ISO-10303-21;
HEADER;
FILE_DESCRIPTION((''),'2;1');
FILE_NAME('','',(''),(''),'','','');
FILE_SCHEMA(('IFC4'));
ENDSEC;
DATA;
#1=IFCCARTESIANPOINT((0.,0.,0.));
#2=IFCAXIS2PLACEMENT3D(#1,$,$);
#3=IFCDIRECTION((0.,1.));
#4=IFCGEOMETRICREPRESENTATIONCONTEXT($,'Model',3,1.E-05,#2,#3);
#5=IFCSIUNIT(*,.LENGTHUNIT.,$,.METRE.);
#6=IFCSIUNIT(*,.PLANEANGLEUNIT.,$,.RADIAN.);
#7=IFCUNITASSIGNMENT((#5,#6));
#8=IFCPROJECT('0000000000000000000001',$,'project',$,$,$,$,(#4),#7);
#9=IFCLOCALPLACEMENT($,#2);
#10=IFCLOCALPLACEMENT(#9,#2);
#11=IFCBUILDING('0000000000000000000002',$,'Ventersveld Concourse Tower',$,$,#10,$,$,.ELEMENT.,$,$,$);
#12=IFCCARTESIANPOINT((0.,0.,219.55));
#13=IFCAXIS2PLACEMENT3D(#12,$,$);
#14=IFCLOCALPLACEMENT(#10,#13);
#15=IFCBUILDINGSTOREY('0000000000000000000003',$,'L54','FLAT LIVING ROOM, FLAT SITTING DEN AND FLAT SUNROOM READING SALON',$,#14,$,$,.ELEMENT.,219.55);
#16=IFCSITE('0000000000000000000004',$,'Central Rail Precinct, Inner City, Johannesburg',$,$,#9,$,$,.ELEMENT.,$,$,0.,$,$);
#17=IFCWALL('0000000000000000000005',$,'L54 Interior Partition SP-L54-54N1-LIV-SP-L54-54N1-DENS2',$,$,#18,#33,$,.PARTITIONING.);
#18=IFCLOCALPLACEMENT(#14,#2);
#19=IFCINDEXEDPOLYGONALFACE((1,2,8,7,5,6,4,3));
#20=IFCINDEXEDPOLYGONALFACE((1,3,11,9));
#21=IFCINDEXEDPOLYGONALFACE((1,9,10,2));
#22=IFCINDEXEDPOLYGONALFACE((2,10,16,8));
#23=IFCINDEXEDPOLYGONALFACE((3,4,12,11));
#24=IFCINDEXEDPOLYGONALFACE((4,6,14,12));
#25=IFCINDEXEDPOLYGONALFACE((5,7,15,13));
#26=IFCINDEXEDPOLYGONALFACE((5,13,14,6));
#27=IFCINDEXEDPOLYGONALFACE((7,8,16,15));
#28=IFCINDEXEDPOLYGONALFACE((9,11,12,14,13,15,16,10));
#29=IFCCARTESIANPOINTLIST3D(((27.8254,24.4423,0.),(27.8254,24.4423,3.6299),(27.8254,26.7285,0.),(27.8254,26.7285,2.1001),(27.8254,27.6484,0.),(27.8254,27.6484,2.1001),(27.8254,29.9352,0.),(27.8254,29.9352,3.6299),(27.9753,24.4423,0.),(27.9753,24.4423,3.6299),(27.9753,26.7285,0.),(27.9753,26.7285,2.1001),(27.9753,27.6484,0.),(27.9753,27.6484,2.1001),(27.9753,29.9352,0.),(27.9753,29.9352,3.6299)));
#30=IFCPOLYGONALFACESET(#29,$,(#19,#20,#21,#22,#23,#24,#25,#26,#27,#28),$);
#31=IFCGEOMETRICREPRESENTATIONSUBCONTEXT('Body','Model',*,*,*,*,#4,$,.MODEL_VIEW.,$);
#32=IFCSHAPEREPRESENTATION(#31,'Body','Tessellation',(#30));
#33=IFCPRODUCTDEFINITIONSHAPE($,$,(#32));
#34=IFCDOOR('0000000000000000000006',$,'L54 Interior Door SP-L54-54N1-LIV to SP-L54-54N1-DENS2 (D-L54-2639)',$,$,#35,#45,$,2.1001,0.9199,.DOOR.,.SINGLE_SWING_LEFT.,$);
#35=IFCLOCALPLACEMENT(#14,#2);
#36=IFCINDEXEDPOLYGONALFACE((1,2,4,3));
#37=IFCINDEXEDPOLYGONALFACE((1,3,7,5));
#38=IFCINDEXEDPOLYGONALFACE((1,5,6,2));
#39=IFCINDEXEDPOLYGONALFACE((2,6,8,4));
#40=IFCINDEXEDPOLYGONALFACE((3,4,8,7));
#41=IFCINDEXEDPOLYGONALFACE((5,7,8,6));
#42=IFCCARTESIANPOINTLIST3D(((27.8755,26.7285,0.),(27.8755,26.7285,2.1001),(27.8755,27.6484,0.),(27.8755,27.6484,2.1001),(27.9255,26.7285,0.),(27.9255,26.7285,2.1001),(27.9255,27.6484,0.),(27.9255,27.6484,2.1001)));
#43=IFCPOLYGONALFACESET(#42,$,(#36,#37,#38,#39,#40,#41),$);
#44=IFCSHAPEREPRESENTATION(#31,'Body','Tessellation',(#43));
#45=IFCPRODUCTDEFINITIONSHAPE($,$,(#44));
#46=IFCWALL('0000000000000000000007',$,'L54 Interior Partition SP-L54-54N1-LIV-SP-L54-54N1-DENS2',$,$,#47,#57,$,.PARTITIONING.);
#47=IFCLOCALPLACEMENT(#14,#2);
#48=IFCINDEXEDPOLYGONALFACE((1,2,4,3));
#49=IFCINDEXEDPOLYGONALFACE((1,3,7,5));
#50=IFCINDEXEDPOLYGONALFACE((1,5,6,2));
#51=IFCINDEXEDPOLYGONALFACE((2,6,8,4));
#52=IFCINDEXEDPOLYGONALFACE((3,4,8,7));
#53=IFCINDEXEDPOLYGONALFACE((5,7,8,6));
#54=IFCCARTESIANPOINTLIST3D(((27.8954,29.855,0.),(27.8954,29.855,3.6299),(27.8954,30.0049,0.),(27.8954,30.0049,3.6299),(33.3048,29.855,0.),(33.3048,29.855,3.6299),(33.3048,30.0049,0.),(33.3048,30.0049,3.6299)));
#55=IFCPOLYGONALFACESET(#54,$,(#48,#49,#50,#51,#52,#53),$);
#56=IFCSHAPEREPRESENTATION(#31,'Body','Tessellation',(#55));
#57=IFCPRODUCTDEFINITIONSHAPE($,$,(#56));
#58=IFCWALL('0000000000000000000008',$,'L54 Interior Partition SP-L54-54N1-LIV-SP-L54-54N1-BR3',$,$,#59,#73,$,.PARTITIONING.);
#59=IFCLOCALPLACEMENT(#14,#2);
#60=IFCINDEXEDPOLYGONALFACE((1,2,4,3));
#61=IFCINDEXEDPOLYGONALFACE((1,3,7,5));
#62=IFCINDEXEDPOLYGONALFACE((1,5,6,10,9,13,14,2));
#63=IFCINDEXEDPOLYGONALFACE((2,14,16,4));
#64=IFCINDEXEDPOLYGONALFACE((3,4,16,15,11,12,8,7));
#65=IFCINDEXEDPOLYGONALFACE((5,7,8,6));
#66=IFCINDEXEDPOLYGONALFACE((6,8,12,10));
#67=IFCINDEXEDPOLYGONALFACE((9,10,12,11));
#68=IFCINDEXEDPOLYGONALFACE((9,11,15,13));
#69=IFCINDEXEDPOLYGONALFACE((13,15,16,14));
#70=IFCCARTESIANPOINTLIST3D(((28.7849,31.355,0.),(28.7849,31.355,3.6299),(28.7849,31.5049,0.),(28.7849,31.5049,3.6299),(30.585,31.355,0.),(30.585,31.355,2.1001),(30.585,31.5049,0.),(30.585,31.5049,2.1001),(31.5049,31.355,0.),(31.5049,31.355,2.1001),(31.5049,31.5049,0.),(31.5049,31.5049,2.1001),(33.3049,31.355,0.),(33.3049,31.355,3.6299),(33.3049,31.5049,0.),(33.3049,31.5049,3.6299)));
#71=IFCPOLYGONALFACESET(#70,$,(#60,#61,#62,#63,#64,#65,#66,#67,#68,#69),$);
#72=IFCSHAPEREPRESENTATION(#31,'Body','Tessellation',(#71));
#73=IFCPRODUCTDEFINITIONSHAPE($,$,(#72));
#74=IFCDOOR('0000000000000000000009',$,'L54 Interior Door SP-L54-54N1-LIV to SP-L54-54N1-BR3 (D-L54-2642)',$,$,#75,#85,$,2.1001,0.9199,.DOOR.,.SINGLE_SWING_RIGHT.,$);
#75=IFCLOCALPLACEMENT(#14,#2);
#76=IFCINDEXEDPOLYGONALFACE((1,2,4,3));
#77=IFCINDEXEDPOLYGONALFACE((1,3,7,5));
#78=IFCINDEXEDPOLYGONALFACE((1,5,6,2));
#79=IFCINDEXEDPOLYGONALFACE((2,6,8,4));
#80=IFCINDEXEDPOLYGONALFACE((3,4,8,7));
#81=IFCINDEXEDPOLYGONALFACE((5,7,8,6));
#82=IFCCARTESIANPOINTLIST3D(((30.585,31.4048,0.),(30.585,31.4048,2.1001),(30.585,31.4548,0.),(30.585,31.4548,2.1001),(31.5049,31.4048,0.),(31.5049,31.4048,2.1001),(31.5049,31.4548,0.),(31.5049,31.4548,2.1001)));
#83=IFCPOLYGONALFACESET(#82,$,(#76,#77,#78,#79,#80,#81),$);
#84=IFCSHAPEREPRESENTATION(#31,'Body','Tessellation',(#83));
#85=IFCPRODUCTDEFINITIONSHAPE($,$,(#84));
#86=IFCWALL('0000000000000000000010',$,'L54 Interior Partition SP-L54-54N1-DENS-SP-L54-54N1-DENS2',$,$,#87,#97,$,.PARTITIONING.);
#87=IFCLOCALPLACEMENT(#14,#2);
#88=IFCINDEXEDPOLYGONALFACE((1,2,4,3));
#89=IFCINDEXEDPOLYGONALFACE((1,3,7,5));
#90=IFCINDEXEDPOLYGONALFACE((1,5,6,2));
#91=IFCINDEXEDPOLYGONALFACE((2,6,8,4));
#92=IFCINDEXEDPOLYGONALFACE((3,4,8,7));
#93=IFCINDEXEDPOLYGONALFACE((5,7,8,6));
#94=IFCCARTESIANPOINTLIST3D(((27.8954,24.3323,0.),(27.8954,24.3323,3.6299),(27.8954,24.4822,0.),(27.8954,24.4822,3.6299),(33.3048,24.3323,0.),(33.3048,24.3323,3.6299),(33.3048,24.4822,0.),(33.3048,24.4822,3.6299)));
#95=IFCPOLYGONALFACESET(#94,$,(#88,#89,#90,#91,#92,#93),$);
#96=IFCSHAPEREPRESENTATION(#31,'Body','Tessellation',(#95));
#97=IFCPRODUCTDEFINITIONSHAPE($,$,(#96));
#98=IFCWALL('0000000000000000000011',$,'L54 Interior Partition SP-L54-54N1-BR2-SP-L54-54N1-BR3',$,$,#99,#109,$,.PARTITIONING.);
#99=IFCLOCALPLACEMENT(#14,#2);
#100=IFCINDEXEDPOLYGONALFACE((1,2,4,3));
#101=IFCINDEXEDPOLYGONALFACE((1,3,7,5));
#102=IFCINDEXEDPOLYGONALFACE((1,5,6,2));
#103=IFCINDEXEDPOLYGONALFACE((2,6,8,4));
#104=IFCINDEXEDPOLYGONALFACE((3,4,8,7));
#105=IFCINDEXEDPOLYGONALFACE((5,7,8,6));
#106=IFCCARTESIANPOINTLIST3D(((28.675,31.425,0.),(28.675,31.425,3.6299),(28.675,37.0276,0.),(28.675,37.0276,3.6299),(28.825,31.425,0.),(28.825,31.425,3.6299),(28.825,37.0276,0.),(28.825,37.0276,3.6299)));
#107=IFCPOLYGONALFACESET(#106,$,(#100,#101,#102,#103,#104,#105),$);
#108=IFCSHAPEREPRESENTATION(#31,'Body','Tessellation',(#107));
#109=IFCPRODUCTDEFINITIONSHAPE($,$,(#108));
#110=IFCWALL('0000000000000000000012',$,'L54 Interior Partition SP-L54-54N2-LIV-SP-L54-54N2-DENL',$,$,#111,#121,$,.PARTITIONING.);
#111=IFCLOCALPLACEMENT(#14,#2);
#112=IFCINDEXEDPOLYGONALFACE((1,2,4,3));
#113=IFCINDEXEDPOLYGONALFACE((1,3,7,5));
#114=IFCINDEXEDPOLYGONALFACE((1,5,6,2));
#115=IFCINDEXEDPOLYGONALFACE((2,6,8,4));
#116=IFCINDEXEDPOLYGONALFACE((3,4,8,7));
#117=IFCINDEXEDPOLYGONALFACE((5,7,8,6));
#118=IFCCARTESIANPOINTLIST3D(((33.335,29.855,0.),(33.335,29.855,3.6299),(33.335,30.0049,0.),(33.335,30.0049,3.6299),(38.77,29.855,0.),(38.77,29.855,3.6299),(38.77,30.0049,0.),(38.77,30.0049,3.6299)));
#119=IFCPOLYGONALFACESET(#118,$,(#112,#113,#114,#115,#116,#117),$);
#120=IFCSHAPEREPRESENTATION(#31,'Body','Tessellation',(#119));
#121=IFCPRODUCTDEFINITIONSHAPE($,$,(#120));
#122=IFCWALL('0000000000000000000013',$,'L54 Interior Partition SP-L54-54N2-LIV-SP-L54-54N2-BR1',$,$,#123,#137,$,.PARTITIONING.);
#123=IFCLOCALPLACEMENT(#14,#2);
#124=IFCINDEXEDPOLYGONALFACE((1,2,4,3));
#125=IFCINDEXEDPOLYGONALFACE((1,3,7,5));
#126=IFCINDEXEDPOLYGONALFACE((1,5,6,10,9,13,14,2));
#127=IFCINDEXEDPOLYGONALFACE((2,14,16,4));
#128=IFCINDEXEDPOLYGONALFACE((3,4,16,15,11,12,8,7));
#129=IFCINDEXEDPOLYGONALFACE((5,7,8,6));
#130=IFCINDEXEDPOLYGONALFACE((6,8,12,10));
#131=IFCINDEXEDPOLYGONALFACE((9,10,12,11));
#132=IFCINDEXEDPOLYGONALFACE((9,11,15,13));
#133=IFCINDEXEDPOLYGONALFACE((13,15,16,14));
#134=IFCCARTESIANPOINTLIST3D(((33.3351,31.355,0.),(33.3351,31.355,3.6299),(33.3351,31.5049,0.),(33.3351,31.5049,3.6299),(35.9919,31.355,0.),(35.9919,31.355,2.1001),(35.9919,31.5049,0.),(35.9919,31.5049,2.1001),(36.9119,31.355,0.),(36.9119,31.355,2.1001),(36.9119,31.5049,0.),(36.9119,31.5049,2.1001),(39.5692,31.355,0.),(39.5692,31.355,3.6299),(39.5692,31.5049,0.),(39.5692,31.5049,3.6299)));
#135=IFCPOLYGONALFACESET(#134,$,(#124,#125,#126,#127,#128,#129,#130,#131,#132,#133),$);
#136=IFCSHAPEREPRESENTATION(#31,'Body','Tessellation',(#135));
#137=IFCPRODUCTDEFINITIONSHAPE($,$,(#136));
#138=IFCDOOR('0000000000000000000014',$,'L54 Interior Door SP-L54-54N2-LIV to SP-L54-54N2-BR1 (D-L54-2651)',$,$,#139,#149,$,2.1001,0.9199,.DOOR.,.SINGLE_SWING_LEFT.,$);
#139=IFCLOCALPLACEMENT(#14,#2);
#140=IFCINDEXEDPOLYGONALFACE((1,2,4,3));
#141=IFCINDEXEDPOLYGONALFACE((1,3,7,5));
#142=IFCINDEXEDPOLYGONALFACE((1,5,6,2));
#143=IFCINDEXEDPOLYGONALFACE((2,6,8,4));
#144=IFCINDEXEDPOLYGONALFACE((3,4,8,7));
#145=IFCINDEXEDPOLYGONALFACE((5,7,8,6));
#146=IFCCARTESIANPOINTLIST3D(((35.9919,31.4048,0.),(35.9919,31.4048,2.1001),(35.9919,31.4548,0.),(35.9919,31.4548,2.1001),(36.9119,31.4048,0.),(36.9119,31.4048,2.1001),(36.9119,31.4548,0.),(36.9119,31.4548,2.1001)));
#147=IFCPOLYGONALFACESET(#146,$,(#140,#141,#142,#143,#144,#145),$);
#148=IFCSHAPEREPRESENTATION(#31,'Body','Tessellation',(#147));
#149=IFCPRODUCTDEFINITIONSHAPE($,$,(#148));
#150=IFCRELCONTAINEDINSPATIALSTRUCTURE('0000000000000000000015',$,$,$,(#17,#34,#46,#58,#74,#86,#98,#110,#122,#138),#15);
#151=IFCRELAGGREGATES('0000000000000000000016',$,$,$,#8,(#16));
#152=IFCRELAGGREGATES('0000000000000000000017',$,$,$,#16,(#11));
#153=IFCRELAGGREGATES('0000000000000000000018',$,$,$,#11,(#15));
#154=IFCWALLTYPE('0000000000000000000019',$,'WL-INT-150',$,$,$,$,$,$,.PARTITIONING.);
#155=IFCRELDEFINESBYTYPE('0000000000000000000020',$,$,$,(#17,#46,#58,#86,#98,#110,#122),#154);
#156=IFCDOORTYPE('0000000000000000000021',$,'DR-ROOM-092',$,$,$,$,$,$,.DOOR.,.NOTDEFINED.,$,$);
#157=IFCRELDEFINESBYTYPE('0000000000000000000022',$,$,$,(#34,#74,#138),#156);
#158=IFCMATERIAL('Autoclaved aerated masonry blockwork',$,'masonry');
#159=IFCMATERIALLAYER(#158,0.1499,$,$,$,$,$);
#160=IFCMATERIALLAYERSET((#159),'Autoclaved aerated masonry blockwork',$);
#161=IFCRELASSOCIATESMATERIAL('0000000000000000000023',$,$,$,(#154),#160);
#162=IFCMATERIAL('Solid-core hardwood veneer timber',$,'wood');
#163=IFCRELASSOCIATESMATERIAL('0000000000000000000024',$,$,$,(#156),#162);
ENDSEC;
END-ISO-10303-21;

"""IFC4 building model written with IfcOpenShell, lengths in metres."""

from ifc_helpers import new_model, si_unit, direction, frame, frame_2d, origin, place, context, subcontext, project, spatial, rectangle, extrude, material, layer, layer_set, type_object, element, fill, save


model = new_model("IFC4")

# Units and contexts
model_context = context("Model", 3, precision=1e-05, world=origin(), true_north=direction((0.0, 1.0)))
body_context = subcontext(model_context, "Body", "Model", "MODEL_VIEW")
ifc_project = project(units=[si_unit("LENGTHUNIT", "METRE"), si_unit("PLANEANGLEUNIT", "RADIAN")], contexts=[model_context])

# Site, building, storey
site_placement = place(None, origin())
site = spatial("IfcSite", under=ifc_project, at=site_placement, Name="Central Rail Precinct, Inner City, Johannesburg", CompositionType="ELEMENT", RefElevation=0.0)
building_placement = place(site_placement, origin())
building = spatial("IfcBuilding", under=site, at=building_placement, Name="Ventersveld Concourse Tower", CompositionType="ELEMENT")
storey_placement = place(building_placement, frame((0.0, 0.0, 219.55)))
storey = spatial("IfcBuildingStorey", under=building, at=storey_placement, Name="L54", Description="FLAT LIVING ROOM, FLAT SITTING DEN AND FLAT SUNROOM READING SALON", CompositionType="ELEMENT", Elevation=219.55)

# Wall, opening, door
ifc_material_1 = material(Name="Autoclaved aerated masonry blockwork", Category="masonry")
ifc_layer_1 = layer(ifc_material_1, 0.1499)
ifc_layer_set_1 = layer_set([ifc_layer_1], Name="Autoclaved aerated masonry blockwork")
wall_type_1 = type_object("IfcWallType", Name="WL-INT-150", PredefinedType="PARTITIONING", material=ifc_layer_set_1)
wall_1_placement = place(storey_placement, frame((27.9004, 24.4421, 0.0), z_axis=(0.0, 0.0, 1.0), x_axis=(0.0, 1.0, 0.0)))
wall_1 = element("IfcWall", 1, at=wall_1_placement, inside=storey, type_object=wall_type_1, Name="L54 Interior Partition SP-L54-54N1-LIV-SP-L54-54N1-DENS2", PredefinedType="PARTITIONING", context=body_context, shape_type="SweptSolid", body=[
    extrude(rectangle(XDim=5.4929, YDim=0.1499, at=frame_2d((2.7466, 0.0))), origin(), (0.0, 0.0, 1.0), 3.6299),
])
opening_1_placement = place(wall_1_placement, frame((2.2864, 0.0, 0.0)))
opening_1 = element("IfcOpeningElement", 2, at=opening_1_placement, cuts=wall_1, PredefinedType="OPENING", context=body_context, shape_type="SweptSolid", body=[
    extrude(rectangle(XDim=0.9199, YDim=2.1001, at=frame_2d((0.46, 1.05))), frame((0.0, 0.085, 0.0), z_axis=(0.0, -1.0, 0.0), x_axis=(1.0, 0.0, 0.0)), (0.0, 0.0, 1.0), 0.1699),
])
ifc_material_2 = material(Name="Solid-core hardwood veneer timber", Category="wood")
door_type = type_object("IfcDoorType", Name="DR-ROOM-092", OperationType="NOTDEFINED", PredefinedType="DOOR", material=ifc_material_2)
door_1_placement = place(opening_1_placement, origin())
door_1 = element("IfcDoor", 3, at=door_1_placement, inside=storey, type_object=door_type, Name="L54 Interior Door SP-L54-54N1-LIV to SP-L54-54N1-DENS2 (D-L54-2639)", OperationType="SINGLE_SWING_LEFT", OverallHeight=2.1001, OverallWidth=0.9199, PredefinedType="DOOR", context=body_context, shape_type="SweptSolid", body=[
    extrude(rectangle(XDim=0.9199, YDim=2.1001, at=frame_2d((0.46, 1.05))), frame((0.0, 0.0249, 0.0), z_axis=(0.0, -1.0, 0.0), x_axis=(1.0, 0.0, 0.0)), (0.0, 0.0, 1.0), 0.05),
])
fill(opening_1, door_1)

# Wall
wall_2_placement = place(storey_placement, frame((27.8955, 29.9299, 0.0), z_axis=(0.0, 0.0, 1.0), x_axis=(1.0, 0.0, 0.0)))
element("IfcWall", 4, at=wall_2_placement, inside=storey, type_object=wall_type_1, Name="L54 Interior Partition SP-L54-54N1-LIV-SP-L54-54N1-DENS2", PredefinedType="PARTITIONING", context=body_context, shape_type="SweptSolid", body=[
    extrude(rectangle(XDim=5.4094, YDim=0.1499, at=frame_2d((2.7046, 0.0))), origin(), (0.0, 0.0, 1.0), 3.6299),
])

# Wall, opening, door
wall_3_placement = place(storey_placement, frame((28.7849, 31.4299, 0.0), z_axis=(0.0, 0.0, 1.0), x_axis=(1.0, 0.0, 0.0)))
wall_3 = element("IfcWall", 5, at=wall_3_placement, inside=storey, type_object=wall_type_1, Name="L54 Interior Partition SP-L54-54N1-LIV-SP-L54-54N1-BR3", PredefinedType="PARTITIONING", context=body_context, shape_type="SweptSolid", body=[
    extrude(rectangle(XDim=4.52, YDim=0.1499, at=frame_2d((2.26, 0.0))), origin(), (0.0, 0.0, 1.0), 3.6299),
])
opening_2_placement = place(wall_3_placement, frame((1.8, 0.0, 0.0)))
opening_2 = element("IfcOpeningElement", 6, at=opening_2_placement, cuts=wall_3, PredefinedType="OPENING", context=body_context, shape_type="SweptSolid", body=[
    extrude(rectangle(XDim=0.9199, YDim=2.1001, at=frame_2d((0.46, 1.05))), frame((0.0, 0.085, 0.0), z_axis=(0.0, -1.0, 0.0), x_axis=(1.0, 0.0, 0.0)), (0.0, 0.0, 1.0), 0.1699),
])
door_2_placement = place(opening_2_placement, origin())
door_2 = element("IfcDoor", 7, at=door_2_placement, inside=storey, type_object=door_type, Name="L54 Interior Door SP-L54-54N1-LIV to SP-L54-54N1-BR3 (D-L54-2642)", OperationType="SINGLE_SWING_RIGHT", OverallHeight=2.1001, OverallWidth=0.9199, PredefinedType="DOOR", context=body_context, shape_type="SweptSolid", body=[
    extrude(rectangle(XDim=0.9199, YDim=2.1001, at=frame_2d((0.46, 1.05))), frame((0.0, 0.0249, 0.0), z_axis=(0.0, -1.0, 0.0), x_axis=(1.0, 0.0, 0.0)), (0.0, 0.0, 1.0), 0.05),
])
fill(opening_2, door_2)

# Walls
wall_4_placement = place(storey_placement, frame((27.8955, 24.4072, 0.0), z_axis=(0.0, 0.0, 1.0), x_axis=(1.0, 0.0, 0.0)))
element("IfcWall", 8, at=wall_4_placement, inside=storey, type_object=wall_type_1, Name="L54 Interior Partition SP-L54-54N1-DENS-SP-L54-54N1-DENS2", PredefinedType="PARTITIONING", context=body_context, shape_type="SweptSolid", body=[
    extrude(rectangle(XDim=5.4094, YDim=0.1499, at=frame_2d((2.7046, 0.0))), origin(), (0.0, 0.0, 1.0), 3.6299),
])
wall_5_placement = place(storey_placement, frame((28.75, 31.425, 0.0), z_axis=(0.0, 0.0, 1.0), x_axis=(0.0, 1.0, 0.0)))
element("IfcWall", 9, at=wall_5_placement, inside=storey, type_object=wall_type_1, Name="L54 Interior Partition SP-L54-54N1-BR2-SP-L54-54N1-BR3", PredefinedType="PARTITIONING", context=body_context, shape_type="SweptSolid", body=[
    extrude(rectangle(XDim=5.6025, YDim=0.1499, at=frame_2d((2.8013, 0.0))), origin(), (0.0, 0.0, 1.0), 3.6299),
])
wall_6_placement = place(storey_placement, frame((33.335, 29.9299, 0.0), z_axis=(0.0, 0.0, 1.0), x_axis=(1.0, 0.0, 0.0)))
element("IfcWall", 10, at=wall_6_placement, inside=storey, type_object=wall_type_1, Name="L54 Interior Partition SP-L54-54N2-LIV-SP-L54-54N2-DENL", PredefinedType="PARTITIONING", context=body_context, shape_type="SweptSolid", body=[
    extrude(rectangle(XDim=5.4351, YDim=0.1499, at=frame_2d((2.7175, 0.0))), origin(), (0.0, 0.0, 1.0), 3.6299),
])

# Wall, opening, door
wall_7_placement = place(storey_placement, frame((33.335, 31.4299, 0.0), z_axis=(0.0, 0.0, 1.0), x_axis=(1.0, 0.0, 0.0)))
wall_7 = element("IfcWall", 11, at=wall_7_placement, inside=storey, type_object=wall_type_1, Name="L54 Interior Partition SP-L54-54N2-LIV-SP-L54-54N2-BR1", PredefinedType="PARTITIONING", context=body_context, shape_type="SweptSolid", body=[
    extrude(rectangle(XDim=6.2341, YDim=0.1499, at=frame_2d((3.1172, 0.0))), origin(), (0.0, 0.0, 1.0), 3.6299),
])
opening_3_placement = place(wall_7_placement, frame((2.657, 0.0, 0.0)))
opening_3 = element("IfcOpeningElement", 12, at=opening_3_placement, cuts=wall_7, PredefinedType="OPENING", context=body_context, shape_type="SweptSolid", body=[
    extrude(rectangle(XDim=0.9199, YDim=2.1001, at=frame_2d((0.46, 1.05))), frame((0.0, 0.085, 0.0), z_axis=(0.0, -1.0, 0.0), x_axis=(1.0, 0.0, 0.0)), (0.0, 0.0, 1.0), 0.1699),
])
door_3_placement = place(opening_3_placement, origin())
door_3 = element("IfcDoor", 13, at=door_3_placement, inside=storey, type_object=door_type, Name="L54 Interior Door SP-L54-54N2-LIV to SP-L54-54N2-BR1 (D-L54-2651)", OperationType="SINGLE_SWING_LEFT", OverallHeight=2.1001, OverallWidth=0.9199, PredefinedType="DOOR", context=body_context, shape_type="SweptSolid", body=[
    extrude(rectangle(XDim=0.9199, YDim=2.1001, at=frame_2d((0.46, 1.05))), frame((0.0, 0.0249, 0.0), z_axis=(0.0, -1.0, 0.0), x_axis=(1.0, 0.0, 0.0)), (0.0, 0.0, 1.0), 0.05),
])
fill(opening_3, door_3)

save(model, "model.ifc")
